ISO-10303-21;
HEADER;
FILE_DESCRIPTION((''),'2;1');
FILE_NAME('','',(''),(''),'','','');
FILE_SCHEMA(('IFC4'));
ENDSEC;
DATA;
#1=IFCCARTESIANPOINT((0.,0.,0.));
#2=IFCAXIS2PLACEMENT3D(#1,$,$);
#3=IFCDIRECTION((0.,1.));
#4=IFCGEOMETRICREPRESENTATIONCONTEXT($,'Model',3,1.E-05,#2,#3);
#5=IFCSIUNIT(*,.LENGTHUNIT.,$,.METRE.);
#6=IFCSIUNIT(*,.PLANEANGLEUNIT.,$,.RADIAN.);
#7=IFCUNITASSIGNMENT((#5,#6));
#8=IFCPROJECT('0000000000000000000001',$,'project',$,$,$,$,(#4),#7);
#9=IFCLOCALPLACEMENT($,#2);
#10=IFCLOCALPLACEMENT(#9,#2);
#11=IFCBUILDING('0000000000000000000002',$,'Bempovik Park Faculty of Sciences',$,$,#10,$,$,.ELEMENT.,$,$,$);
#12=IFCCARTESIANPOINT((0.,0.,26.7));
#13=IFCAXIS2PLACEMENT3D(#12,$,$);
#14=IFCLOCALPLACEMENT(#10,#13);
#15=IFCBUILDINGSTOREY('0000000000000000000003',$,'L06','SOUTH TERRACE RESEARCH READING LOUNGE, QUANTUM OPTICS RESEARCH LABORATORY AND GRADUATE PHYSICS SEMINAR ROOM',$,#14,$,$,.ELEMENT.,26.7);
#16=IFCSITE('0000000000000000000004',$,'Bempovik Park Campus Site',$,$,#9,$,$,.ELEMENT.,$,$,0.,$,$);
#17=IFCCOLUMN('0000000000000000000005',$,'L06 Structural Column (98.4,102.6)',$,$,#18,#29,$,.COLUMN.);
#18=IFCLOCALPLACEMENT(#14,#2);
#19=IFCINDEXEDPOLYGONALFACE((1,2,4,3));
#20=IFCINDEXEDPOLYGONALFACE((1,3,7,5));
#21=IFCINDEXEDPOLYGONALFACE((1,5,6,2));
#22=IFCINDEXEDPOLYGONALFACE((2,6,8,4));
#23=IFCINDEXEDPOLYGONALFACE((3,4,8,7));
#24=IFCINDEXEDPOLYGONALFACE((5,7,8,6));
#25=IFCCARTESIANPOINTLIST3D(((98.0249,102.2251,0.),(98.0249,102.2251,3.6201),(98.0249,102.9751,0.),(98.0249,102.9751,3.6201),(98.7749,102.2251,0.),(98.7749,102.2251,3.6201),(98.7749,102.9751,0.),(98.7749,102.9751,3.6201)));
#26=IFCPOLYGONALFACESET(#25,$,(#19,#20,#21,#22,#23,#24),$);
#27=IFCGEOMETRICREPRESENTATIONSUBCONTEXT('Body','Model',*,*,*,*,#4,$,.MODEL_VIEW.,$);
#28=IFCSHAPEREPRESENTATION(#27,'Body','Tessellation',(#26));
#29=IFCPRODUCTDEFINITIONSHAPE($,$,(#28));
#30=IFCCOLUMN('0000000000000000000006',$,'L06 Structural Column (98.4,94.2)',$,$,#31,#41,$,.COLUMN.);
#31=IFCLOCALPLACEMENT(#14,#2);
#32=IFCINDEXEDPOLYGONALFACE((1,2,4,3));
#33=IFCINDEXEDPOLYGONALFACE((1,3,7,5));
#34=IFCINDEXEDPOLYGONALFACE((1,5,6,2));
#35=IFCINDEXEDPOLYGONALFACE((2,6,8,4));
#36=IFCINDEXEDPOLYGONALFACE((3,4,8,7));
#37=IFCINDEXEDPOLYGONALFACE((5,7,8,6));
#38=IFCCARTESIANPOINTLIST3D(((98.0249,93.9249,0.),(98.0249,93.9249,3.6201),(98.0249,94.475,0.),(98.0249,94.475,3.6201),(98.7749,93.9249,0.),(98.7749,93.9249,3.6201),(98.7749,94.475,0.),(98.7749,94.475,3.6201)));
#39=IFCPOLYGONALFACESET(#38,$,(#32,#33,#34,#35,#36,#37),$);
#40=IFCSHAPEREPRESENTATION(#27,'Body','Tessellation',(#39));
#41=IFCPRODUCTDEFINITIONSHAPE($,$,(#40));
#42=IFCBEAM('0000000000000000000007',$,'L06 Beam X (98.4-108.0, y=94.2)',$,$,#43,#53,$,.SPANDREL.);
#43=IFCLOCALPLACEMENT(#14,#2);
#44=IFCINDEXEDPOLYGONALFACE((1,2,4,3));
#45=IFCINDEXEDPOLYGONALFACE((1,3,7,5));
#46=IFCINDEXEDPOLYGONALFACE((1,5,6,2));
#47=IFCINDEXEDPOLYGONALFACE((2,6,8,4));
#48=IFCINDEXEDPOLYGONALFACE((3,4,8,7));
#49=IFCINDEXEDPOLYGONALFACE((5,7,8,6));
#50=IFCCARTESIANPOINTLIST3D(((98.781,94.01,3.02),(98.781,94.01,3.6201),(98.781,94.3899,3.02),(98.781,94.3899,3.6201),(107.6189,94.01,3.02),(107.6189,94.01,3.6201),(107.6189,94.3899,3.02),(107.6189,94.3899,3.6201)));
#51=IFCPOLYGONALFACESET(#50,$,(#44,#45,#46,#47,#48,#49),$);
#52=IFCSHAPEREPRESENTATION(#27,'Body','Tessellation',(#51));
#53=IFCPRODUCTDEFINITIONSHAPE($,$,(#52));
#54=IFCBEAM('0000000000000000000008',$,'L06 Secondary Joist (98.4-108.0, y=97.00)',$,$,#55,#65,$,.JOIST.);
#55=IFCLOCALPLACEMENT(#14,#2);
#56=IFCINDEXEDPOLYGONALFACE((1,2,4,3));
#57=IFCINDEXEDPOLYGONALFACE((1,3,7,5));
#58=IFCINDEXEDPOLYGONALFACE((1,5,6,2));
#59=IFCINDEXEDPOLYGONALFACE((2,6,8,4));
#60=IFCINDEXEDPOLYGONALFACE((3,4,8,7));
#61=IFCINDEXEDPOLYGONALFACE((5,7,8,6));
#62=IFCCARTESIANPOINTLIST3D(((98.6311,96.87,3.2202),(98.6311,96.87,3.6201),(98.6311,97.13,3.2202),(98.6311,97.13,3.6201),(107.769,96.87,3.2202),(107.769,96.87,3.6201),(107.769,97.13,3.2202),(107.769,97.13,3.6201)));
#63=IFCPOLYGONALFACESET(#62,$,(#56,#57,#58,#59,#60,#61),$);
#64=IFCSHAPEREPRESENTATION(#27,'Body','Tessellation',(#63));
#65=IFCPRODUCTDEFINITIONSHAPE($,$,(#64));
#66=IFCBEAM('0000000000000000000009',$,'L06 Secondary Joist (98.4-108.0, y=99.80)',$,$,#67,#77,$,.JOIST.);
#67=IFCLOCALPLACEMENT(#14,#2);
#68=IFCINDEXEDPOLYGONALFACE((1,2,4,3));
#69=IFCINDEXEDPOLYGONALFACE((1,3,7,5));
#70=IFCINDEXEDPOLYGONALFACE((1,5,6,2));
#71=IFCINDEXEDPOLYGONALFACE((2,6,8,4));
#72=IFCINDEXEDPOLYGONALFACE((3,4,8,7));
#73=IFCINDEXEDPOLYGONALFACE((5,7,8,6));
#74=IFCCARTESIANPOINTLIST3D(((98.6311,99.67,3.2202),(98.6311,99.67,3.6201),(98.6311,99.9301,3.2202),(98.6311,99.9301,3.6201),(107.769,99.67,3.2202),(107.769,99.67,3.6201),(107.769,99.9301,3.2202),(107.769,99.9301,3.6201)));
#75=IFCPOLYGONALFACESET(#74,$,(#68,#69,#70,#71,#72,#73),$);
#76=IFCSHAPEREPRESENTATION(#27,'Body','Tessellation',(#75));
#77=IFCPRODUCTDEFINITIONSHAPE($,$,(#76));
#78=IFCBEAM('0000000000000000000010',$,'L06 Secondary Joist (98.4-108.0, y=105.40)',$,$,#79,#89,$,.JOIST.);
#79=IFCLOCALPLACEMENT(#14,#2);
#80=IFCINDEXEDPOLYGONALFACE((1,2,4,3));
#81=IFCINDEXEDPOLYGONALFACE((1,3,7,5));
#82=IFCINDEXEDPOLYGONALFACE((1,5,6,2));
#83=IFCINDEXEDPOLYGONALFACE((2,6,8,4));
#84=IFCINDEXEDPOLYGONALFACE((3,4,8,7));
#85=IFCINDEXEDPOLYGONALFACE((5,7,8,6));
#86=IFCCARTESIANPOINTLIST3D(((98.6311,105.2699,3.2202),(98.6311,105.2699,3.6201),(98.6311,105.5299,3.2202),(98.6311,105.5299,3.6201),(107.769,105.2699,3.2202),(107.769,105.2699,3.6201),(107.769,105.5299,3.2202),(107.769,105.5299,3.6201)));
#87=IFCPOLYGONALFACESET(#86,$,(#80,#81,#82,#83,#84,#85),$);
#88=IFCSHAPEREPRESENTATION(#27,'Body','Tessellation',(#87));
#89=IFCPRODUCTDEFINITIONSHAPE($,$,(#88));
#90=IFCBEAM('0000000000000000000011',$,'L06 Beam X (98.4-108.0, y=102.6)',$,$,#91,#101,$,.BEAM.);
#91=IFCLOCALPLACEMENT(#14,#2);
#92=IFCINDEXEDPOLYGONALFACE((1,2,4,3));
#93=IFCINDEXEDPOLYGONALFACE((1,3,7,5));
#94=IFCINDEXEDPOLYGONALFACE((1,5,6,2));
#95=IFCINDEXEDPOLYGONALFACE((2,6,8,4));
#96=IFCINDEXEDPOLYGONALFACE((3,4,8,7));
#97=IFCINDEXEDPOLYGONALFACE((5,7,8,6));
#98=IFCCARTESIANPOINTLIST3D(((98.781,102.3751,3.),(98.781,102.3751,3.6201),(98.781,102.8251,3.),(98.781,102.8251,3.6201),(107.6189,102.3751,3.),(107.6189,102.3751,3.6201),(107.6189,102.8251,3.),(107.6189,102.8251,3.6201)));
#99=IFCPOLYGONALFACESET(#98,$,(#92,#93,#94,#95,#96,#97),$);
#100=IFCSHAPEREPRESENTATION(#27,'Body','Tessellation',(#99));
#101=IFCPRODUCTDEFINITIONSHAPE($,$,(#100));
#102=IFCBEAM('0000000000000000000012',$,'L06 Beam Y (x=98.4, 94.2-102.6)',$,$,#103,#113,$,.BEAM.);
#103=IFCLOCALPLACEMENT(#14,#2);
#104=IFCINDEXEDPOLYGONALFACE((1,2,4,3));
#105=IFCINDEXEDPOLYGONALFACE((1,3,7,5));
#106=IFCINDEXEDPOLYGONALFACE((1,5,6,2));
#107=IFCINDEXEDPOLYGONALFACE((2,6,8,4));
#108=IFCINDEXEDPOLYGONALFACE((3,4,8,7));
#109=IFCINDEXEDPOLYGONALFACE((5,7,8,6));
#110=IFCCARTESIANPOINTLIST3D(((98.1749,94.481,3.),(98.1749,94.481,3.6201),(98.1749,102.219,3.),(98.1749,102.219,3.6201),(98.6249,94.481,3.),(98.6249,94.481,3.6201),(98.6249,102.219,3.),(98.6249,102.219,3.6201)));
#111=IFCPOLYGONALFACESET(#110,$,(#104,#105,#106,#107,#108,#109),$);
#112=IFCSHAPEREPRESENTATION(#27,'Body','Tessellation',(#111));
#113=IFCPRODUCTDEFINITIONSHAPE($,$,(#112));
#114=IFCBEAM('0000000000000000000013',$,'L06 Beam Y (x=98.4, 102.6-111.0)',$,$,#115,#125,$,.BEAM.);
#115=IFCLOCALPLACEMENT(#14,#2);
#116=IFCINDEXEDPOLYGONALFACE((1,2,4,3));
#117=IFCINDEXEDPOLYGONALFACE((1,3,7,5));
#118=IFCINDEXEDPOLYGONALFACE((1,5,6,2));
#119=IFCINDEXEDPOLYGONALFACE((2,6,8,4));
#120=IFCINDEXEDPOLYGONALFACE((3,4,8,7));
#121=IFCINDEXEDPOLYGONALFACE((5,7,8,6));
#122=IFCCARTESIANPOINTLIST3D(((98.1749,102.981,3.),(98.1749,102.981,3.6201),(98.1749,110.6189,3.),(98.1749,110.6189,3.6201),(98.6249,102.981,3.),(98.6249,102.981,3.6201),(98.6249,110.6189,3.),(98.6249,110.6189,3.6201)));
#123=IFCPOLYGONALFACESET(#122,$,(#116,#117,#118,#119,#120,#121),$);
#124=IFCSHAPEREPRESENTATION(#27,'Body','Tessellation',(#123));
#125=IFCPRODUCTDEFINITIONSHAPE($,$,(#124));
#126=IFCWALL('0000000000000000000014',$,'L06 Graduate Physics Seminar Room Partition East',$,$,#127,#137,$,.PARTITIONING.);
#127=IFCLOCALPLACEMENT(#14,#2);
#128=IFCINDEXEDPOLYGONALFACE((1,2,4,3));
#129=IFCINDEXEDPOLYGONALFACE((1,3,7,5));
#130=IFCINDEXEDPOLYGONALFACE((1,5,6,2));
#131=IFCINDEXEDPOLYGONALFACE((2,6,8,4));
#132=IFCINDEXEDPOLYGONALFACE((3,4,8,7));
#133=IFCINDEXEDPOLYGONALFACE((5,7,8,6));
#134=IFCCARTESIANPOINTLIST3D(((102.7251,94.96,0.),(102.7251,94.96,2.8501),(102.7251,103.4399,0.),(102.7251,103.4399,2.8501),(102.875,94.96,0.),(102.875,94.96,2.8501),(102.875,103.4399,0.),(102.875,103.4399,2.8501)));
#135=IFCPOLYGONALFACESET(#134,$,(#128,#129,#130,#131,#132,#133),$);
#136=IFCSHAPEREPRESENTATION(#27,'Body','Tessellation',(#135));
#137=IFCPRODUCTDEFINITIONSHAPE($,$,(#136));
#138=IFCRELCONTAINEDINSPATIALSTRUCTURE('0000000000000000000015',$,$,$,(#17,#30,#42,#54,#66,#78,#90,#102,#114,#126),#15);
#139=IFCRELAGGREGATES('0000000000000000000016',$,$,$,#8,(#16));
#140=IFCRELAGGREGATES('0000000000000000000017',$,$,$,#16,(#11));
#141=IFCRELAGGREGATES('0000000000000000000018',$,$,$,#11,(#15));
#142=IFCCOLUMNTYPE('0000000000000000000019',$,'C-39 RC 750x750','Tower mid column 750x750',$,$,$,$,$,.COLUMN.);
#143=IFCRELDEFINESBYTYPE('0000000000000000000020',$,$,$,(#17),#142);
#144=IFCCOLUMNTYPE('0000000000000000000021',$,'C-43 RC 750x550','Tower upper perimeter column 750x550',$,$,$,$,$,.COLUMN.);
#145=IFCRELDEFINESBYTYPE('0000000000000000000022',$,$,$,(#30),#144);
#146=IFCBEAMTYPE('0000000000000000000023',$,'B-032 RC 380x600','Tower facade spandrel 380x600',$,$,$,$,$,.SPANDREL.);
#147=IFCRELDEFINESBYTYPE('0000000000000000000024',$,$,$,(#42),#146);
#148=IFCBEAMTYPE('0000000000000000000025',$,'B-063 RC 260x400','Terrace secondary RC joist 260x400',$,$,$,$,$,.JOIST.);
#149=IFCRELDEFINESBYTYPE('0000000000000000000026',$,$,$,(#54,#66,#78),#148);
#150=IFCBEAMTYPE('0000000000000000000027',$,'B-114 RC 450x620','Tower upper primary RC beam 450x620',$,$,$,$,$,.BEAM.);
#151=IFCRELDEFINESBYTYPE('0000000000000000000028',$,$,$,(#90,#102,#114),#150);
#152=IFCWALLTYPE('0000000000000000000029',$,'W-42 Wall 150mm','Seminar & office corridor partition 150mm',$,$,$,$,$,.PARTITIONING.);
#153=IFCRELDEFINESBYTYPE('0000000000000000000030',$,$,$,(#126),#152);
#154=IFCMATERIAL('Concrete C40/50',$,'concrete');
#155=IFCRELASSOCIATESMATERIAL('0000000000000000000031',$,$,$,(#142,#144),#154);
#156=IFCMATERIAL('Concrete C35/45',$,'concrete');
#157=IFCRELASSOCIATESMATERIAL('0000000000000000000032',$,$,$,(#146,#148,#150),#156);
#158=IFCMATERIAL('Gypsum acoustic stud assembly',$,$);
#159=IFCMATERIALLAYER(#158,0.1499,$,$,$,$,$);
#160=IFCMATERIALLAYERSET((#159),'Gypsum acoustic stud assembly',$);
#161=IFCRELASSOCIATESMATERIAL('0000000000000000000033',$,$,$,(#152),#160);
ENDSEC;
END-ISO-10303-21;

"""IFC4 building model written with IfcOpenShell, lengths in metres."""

from ifc_helpers import new_model, si_unit, direction, frame, frame_2d, origin, origin_2d, place, context, subcontext, project, spatial, rectangle, extrude, material, layer, layer_set, material_profile, profile_set, type_object, element, save


model = new_model("IFC4")

# Units and contexts
model_context = context("Model", 3, precision=1e-05, world=origin(), true_north=direction((0.0, 1.0)))
body_context = subcontext(model_context, "Body", "Model", "MODEL_VIEW")
ifc_project = project(units=[si_unit("LENGTHUNIT", "METRE"), si_unit("PLANEANGLEUNIT", "RADIAN")], contexts=[model_context])

# Site, building, storey
site_placement = place(None, origin())
site = spatial("IfcSite", under=ifc_project, at=site_placement, Name="Bempovik Park Campus Site", CompositionType="ELEMENT", RefElevation=0.0)
building_placement = place(site_placement, origin())
building = spatial("IfcBuilding", under=site, at=building_placement, Name="Bempovik Park Faculty of Sciences", CompositionType="ELEMENT")
storey_placement = place(building_placement, frame((0.0, 0.0, 26.7)))
storey = spatial("IfcBuildingStorey", under=building, at=storey_placement, Name="L06", Description="SOUTH TERRACE RESEARCH READING LOUNGE, QUANTUM OPTICS RESEARCH LABORATORY AND GRADUATE PHYSICS SEMINAR ROOM", CompositionType="ELEMENT", Elevation=26.7)

# Columns
ifc_material_1 = material(Name="Concrete C40/50", Category="concrete")
ifc_material_profile_1 = material_profile(ifc_material_1, rectangle(XDim=0.75, YDim=0.75, at=origin_2d()), Name="RC 750x750")
ifc_profile_set_1 = profile_set([ifc_material_profile_1], Name="Concrete C40/50")
column_type_1 = type_object("IfcColumnType", Name="C-39 RC 750x750", Description="Tower mid column 750x750", PredefinedType="COLUMN", material=ifc_profile_set_1)
column_1_placement = place(storey_placement, frame((98.3999, 102.6001, 0.0), z_axis=(0.0, 0.0, 1.0), x_axis=(1.0, 0.0, 0.0)))
element("IfcColumn", 1, at=column_1_placement, inside=storey, type_object=column_type_1, Name="L06 Structural Column (98.4,102.6)", PredefinedType="COLUMN", context=body_context, shape_type="SweptSolid", body=[
    extrude(rectangle(XDim=0.75, YDim=0.75, at=origin_2d()), origin(), (0.0, 0.0, 1.0), 3.6201),
])
ifc_material_profile_2 = material_profile(ifc_material_1, rectangle(XDim=0.75, YDim=0.55, at=origin_2d()), Name="RC 750x550")
ifc_profile_set_2 = profile_set([ifc_material_profile_2], Name="Concrete C40/50")
column_type_2 = type_object("IfcColumnType", Name="C-43 RC 750x550", Description="Tower upper perimeter column 750x550", PredefinedType="COLUMN", material=ifc_profile_set_2)
column_2_placement = place(storey_placement, frame((98.3999, 94.2, 0.0), z_axis=(0.0, 0.0, 1.0), x_axis=(1.0, 0.0, 0.0)))
element("IfcColumn", 2, at=column_2_placement, inside=storey, type_object=column_type_2, Name="L06 Structural Column (98.4,94.2)", PredefinedType="COLUMN", context=body_context, shape_type="SweptSolid", body=[
    extrude(rectangle(XDim=0.75, YDim=0.55, at=origin_2d()), origin(), (0.0, 0.0, 1.0), 3.6201),
])

# Beams
ifc_material_2 = material(Name="Concrete C35/45", Category="concrete")
ifc_material_profile_3 = material_profile(ifc_material_2, rectangle(XDim=0.3799, YDim=0.6001, at=origin_2d()), Name="RC 380x600")
ifc_profile_set_3 = profile_set([ifc_material_profile_3], Name="Concrete C35/45")
beam_type_1 = type_object("IfcBeamType", Name="B-032 RC 380x600", Description="Tower facade spandrel 380x600", PredefinedType="SPANDREL", material=ifc_profile_set_3)
beam_1_placement = place(storey_placement, frame((98.781, 94.2, 3.3201), z_axis=(1.0, 0.0, 0.0), x_axis=(0.0, 1.0, 0.0)))
element("IfcBeam", 3, at=beam_1_placement, inside=storey, type_object=beam_type_1, Name="L06 Beam X (98.4-108.0, y=94.2)", PredefinedType="SPANDREL", context=body_context, shape_type="SweptSolid", body=[
    extrude(rectangle(XDim=0.3799, YDim=0.6001, at=origin_2d()), origin(), (0.0, 0.0, 1.0), 8.8379),
])
ifc_material_profile_4 = material_profile(ifc_material_2, rectangle(XDim=0.26, YDim=0.3999, at=origin_2d()), Name="RC 260x400")
ifc_profile_set_4 = profile_set([ifc_material_profile_4], Name="Concrete C35/45")
beam_type_2 = type_object("IfcBeamType", Name="B-063 RC 260x400", Description="Terrace secondary RC joist 260x400", PredefinedType="JOIST", material=ifc_profile_set_4)
for number, where, z_axis, x_axis, name in (
    (4, (98.6311, 97.0, 3.4202), (1.0, 0.0, 0.0), (0.0, 1.0, 0.0), "L06 Secondary Joist (98.4-108.0, y=97.00)"),
    (5, (98.6311, 99.8, 3.4202), (1.0, 0.0, 0.0), (0.0, 1.0, 0.0), "L06 Secondary Joist (98.4-108.0, y=99.80)"),
    (6, (98.6311, 105.3999, 3.4202), (1.0, 0.0, 0.0), (0.0, 1.0, 0.0), "L06 Secondary Joist (98.4-108.0, y=105.40)"),
):
    element("IfcBeam", number, at=place(storey_placement, frame(where, z_axis=z_axis, x_axis=x_axis)), inside=storey, type_object=beam_type_2, Name=name, PredefinedType="JOIST", context=body_context, shape_type="SweptSolid", body=[
        extrude(rectangle(XDim=0.26, YDim=0.3999, at=origin_2d()), origin(), (0.0, 0.0, 1.0), 9.1379),
    ])
ifc_material_profile_5 = material_profile(ifc_material_2, rectangle(XDim=0.45, YDim=0.6201, at=origin_2d()), Name="RC 450x620")
ifc_profile_set_5 = profile_set([ifc_material_profile_5], Name="Concrete C35/45")
beam_type_3 = type_object("IfcBeamType", Name="B-114 RC 450x620", Description="Tower upper primary RC beam 450x620", PredefinedType="BEAM", material=ifc_profile_set_5)
beam_2_placement = place(storey_placement, frame((98.781, 102.6001, 3.3101), z_axis=(1.0, 0.0, 0.0), x_axis=(0.0, 1.0, 0.0)))
element("IfcBeam", 7, at=beam_2_placement, inside=storey, type_object=beam_type_3, Name="L06 Beam X (98.4-108.0, y=102.6)", PredefinedType="BEAM", context=body_context, shape_type="SweptSolid", body=[
    extrude(rectangle(XDim=0.45, YDim=0.6201, at=origin_2d()), origin(), (0.0, 0.0, 1.0), 8.8379),
])
beam_3_placement = place(storey_placement, frame((98.3999, 94.481, 3.3101), z_axis=(0.0, 1.0, 0.0), x_axis=(-1.0, 0.0, 0.0)))
element("IfcBeam", 8, at=beam_3_placement, inside=storey, type_object=beam_type_3, Name="L06 Beam Y (x=98.4, 94.2-102.6)", PredefinedType="BEAM", context=body_context, shape_type="SweptSolid", body=[
    extrude(rectangle(XDim=0.45, YDim=0.6201, at=origin_2d()), origin(), (0.0, 0.0, 1.0), 7.738),
])
beam_4_placement = place(storey_placement, frame((98.3999, 102.981, 3.3101), z_axis=(0.0, 1.0, 0.0), x_axis=(-1.0, 0.0, 0.0)))
element("IfcBeam", 9, at=beam_4_placement, inside=storey, type_object=beam_type_3, Name="L06 Beam Y (x=98.4, 102.6-111.0)", PredefinedType="BEAM", context=body_context, shape_type="SweptSolid", body=[
    extrude(rectangle(XDim=0.45, YDim=0.6201, at=origin_2d()), origin(), (0.0, 0.0, 1.0), 7.6379),
])

# Wall
ifc_material_3 = material(Name="Gypsum acoustic stud assembly")
ifc_layer_1 = layer(ifc_material_3, 0.1499)
ifc_layer_set_1 = layer_set([ifc_layer_1], Name="Gypsum acoustic stud assembly")
wall_type_1 = type_object("IfcWallType", Name="W-42 Wall 150mm", Description="Seminar & office corridor partition 150mm", PredefinedType="PARTITIONING", material=ifc_layer_set_1)
wall_1_placement = place(storey_placement, frame((102.8, 94.96, 0.0), z_axis=(0.0, 0.0, 1.0), x_axis=(0.0, 1.0, 0.0)))
element("IfcWall", 10, at=wall_1_placement, inside=storey, type_object=wall_type_1, Name="L06 Graduate Physics Seminar Room Partition East", PredefinedType="PARTITIONING", context=body_context, shape_type="SweptSolid", body=[
    extrude(rectangle(XDim=8.48, YDim=0.1499, at=frame_2d((4.24, 0.0))), origin(), (0.0, 0.0, 1.0), 2.8501),
])

save(model, "model.ifc")
